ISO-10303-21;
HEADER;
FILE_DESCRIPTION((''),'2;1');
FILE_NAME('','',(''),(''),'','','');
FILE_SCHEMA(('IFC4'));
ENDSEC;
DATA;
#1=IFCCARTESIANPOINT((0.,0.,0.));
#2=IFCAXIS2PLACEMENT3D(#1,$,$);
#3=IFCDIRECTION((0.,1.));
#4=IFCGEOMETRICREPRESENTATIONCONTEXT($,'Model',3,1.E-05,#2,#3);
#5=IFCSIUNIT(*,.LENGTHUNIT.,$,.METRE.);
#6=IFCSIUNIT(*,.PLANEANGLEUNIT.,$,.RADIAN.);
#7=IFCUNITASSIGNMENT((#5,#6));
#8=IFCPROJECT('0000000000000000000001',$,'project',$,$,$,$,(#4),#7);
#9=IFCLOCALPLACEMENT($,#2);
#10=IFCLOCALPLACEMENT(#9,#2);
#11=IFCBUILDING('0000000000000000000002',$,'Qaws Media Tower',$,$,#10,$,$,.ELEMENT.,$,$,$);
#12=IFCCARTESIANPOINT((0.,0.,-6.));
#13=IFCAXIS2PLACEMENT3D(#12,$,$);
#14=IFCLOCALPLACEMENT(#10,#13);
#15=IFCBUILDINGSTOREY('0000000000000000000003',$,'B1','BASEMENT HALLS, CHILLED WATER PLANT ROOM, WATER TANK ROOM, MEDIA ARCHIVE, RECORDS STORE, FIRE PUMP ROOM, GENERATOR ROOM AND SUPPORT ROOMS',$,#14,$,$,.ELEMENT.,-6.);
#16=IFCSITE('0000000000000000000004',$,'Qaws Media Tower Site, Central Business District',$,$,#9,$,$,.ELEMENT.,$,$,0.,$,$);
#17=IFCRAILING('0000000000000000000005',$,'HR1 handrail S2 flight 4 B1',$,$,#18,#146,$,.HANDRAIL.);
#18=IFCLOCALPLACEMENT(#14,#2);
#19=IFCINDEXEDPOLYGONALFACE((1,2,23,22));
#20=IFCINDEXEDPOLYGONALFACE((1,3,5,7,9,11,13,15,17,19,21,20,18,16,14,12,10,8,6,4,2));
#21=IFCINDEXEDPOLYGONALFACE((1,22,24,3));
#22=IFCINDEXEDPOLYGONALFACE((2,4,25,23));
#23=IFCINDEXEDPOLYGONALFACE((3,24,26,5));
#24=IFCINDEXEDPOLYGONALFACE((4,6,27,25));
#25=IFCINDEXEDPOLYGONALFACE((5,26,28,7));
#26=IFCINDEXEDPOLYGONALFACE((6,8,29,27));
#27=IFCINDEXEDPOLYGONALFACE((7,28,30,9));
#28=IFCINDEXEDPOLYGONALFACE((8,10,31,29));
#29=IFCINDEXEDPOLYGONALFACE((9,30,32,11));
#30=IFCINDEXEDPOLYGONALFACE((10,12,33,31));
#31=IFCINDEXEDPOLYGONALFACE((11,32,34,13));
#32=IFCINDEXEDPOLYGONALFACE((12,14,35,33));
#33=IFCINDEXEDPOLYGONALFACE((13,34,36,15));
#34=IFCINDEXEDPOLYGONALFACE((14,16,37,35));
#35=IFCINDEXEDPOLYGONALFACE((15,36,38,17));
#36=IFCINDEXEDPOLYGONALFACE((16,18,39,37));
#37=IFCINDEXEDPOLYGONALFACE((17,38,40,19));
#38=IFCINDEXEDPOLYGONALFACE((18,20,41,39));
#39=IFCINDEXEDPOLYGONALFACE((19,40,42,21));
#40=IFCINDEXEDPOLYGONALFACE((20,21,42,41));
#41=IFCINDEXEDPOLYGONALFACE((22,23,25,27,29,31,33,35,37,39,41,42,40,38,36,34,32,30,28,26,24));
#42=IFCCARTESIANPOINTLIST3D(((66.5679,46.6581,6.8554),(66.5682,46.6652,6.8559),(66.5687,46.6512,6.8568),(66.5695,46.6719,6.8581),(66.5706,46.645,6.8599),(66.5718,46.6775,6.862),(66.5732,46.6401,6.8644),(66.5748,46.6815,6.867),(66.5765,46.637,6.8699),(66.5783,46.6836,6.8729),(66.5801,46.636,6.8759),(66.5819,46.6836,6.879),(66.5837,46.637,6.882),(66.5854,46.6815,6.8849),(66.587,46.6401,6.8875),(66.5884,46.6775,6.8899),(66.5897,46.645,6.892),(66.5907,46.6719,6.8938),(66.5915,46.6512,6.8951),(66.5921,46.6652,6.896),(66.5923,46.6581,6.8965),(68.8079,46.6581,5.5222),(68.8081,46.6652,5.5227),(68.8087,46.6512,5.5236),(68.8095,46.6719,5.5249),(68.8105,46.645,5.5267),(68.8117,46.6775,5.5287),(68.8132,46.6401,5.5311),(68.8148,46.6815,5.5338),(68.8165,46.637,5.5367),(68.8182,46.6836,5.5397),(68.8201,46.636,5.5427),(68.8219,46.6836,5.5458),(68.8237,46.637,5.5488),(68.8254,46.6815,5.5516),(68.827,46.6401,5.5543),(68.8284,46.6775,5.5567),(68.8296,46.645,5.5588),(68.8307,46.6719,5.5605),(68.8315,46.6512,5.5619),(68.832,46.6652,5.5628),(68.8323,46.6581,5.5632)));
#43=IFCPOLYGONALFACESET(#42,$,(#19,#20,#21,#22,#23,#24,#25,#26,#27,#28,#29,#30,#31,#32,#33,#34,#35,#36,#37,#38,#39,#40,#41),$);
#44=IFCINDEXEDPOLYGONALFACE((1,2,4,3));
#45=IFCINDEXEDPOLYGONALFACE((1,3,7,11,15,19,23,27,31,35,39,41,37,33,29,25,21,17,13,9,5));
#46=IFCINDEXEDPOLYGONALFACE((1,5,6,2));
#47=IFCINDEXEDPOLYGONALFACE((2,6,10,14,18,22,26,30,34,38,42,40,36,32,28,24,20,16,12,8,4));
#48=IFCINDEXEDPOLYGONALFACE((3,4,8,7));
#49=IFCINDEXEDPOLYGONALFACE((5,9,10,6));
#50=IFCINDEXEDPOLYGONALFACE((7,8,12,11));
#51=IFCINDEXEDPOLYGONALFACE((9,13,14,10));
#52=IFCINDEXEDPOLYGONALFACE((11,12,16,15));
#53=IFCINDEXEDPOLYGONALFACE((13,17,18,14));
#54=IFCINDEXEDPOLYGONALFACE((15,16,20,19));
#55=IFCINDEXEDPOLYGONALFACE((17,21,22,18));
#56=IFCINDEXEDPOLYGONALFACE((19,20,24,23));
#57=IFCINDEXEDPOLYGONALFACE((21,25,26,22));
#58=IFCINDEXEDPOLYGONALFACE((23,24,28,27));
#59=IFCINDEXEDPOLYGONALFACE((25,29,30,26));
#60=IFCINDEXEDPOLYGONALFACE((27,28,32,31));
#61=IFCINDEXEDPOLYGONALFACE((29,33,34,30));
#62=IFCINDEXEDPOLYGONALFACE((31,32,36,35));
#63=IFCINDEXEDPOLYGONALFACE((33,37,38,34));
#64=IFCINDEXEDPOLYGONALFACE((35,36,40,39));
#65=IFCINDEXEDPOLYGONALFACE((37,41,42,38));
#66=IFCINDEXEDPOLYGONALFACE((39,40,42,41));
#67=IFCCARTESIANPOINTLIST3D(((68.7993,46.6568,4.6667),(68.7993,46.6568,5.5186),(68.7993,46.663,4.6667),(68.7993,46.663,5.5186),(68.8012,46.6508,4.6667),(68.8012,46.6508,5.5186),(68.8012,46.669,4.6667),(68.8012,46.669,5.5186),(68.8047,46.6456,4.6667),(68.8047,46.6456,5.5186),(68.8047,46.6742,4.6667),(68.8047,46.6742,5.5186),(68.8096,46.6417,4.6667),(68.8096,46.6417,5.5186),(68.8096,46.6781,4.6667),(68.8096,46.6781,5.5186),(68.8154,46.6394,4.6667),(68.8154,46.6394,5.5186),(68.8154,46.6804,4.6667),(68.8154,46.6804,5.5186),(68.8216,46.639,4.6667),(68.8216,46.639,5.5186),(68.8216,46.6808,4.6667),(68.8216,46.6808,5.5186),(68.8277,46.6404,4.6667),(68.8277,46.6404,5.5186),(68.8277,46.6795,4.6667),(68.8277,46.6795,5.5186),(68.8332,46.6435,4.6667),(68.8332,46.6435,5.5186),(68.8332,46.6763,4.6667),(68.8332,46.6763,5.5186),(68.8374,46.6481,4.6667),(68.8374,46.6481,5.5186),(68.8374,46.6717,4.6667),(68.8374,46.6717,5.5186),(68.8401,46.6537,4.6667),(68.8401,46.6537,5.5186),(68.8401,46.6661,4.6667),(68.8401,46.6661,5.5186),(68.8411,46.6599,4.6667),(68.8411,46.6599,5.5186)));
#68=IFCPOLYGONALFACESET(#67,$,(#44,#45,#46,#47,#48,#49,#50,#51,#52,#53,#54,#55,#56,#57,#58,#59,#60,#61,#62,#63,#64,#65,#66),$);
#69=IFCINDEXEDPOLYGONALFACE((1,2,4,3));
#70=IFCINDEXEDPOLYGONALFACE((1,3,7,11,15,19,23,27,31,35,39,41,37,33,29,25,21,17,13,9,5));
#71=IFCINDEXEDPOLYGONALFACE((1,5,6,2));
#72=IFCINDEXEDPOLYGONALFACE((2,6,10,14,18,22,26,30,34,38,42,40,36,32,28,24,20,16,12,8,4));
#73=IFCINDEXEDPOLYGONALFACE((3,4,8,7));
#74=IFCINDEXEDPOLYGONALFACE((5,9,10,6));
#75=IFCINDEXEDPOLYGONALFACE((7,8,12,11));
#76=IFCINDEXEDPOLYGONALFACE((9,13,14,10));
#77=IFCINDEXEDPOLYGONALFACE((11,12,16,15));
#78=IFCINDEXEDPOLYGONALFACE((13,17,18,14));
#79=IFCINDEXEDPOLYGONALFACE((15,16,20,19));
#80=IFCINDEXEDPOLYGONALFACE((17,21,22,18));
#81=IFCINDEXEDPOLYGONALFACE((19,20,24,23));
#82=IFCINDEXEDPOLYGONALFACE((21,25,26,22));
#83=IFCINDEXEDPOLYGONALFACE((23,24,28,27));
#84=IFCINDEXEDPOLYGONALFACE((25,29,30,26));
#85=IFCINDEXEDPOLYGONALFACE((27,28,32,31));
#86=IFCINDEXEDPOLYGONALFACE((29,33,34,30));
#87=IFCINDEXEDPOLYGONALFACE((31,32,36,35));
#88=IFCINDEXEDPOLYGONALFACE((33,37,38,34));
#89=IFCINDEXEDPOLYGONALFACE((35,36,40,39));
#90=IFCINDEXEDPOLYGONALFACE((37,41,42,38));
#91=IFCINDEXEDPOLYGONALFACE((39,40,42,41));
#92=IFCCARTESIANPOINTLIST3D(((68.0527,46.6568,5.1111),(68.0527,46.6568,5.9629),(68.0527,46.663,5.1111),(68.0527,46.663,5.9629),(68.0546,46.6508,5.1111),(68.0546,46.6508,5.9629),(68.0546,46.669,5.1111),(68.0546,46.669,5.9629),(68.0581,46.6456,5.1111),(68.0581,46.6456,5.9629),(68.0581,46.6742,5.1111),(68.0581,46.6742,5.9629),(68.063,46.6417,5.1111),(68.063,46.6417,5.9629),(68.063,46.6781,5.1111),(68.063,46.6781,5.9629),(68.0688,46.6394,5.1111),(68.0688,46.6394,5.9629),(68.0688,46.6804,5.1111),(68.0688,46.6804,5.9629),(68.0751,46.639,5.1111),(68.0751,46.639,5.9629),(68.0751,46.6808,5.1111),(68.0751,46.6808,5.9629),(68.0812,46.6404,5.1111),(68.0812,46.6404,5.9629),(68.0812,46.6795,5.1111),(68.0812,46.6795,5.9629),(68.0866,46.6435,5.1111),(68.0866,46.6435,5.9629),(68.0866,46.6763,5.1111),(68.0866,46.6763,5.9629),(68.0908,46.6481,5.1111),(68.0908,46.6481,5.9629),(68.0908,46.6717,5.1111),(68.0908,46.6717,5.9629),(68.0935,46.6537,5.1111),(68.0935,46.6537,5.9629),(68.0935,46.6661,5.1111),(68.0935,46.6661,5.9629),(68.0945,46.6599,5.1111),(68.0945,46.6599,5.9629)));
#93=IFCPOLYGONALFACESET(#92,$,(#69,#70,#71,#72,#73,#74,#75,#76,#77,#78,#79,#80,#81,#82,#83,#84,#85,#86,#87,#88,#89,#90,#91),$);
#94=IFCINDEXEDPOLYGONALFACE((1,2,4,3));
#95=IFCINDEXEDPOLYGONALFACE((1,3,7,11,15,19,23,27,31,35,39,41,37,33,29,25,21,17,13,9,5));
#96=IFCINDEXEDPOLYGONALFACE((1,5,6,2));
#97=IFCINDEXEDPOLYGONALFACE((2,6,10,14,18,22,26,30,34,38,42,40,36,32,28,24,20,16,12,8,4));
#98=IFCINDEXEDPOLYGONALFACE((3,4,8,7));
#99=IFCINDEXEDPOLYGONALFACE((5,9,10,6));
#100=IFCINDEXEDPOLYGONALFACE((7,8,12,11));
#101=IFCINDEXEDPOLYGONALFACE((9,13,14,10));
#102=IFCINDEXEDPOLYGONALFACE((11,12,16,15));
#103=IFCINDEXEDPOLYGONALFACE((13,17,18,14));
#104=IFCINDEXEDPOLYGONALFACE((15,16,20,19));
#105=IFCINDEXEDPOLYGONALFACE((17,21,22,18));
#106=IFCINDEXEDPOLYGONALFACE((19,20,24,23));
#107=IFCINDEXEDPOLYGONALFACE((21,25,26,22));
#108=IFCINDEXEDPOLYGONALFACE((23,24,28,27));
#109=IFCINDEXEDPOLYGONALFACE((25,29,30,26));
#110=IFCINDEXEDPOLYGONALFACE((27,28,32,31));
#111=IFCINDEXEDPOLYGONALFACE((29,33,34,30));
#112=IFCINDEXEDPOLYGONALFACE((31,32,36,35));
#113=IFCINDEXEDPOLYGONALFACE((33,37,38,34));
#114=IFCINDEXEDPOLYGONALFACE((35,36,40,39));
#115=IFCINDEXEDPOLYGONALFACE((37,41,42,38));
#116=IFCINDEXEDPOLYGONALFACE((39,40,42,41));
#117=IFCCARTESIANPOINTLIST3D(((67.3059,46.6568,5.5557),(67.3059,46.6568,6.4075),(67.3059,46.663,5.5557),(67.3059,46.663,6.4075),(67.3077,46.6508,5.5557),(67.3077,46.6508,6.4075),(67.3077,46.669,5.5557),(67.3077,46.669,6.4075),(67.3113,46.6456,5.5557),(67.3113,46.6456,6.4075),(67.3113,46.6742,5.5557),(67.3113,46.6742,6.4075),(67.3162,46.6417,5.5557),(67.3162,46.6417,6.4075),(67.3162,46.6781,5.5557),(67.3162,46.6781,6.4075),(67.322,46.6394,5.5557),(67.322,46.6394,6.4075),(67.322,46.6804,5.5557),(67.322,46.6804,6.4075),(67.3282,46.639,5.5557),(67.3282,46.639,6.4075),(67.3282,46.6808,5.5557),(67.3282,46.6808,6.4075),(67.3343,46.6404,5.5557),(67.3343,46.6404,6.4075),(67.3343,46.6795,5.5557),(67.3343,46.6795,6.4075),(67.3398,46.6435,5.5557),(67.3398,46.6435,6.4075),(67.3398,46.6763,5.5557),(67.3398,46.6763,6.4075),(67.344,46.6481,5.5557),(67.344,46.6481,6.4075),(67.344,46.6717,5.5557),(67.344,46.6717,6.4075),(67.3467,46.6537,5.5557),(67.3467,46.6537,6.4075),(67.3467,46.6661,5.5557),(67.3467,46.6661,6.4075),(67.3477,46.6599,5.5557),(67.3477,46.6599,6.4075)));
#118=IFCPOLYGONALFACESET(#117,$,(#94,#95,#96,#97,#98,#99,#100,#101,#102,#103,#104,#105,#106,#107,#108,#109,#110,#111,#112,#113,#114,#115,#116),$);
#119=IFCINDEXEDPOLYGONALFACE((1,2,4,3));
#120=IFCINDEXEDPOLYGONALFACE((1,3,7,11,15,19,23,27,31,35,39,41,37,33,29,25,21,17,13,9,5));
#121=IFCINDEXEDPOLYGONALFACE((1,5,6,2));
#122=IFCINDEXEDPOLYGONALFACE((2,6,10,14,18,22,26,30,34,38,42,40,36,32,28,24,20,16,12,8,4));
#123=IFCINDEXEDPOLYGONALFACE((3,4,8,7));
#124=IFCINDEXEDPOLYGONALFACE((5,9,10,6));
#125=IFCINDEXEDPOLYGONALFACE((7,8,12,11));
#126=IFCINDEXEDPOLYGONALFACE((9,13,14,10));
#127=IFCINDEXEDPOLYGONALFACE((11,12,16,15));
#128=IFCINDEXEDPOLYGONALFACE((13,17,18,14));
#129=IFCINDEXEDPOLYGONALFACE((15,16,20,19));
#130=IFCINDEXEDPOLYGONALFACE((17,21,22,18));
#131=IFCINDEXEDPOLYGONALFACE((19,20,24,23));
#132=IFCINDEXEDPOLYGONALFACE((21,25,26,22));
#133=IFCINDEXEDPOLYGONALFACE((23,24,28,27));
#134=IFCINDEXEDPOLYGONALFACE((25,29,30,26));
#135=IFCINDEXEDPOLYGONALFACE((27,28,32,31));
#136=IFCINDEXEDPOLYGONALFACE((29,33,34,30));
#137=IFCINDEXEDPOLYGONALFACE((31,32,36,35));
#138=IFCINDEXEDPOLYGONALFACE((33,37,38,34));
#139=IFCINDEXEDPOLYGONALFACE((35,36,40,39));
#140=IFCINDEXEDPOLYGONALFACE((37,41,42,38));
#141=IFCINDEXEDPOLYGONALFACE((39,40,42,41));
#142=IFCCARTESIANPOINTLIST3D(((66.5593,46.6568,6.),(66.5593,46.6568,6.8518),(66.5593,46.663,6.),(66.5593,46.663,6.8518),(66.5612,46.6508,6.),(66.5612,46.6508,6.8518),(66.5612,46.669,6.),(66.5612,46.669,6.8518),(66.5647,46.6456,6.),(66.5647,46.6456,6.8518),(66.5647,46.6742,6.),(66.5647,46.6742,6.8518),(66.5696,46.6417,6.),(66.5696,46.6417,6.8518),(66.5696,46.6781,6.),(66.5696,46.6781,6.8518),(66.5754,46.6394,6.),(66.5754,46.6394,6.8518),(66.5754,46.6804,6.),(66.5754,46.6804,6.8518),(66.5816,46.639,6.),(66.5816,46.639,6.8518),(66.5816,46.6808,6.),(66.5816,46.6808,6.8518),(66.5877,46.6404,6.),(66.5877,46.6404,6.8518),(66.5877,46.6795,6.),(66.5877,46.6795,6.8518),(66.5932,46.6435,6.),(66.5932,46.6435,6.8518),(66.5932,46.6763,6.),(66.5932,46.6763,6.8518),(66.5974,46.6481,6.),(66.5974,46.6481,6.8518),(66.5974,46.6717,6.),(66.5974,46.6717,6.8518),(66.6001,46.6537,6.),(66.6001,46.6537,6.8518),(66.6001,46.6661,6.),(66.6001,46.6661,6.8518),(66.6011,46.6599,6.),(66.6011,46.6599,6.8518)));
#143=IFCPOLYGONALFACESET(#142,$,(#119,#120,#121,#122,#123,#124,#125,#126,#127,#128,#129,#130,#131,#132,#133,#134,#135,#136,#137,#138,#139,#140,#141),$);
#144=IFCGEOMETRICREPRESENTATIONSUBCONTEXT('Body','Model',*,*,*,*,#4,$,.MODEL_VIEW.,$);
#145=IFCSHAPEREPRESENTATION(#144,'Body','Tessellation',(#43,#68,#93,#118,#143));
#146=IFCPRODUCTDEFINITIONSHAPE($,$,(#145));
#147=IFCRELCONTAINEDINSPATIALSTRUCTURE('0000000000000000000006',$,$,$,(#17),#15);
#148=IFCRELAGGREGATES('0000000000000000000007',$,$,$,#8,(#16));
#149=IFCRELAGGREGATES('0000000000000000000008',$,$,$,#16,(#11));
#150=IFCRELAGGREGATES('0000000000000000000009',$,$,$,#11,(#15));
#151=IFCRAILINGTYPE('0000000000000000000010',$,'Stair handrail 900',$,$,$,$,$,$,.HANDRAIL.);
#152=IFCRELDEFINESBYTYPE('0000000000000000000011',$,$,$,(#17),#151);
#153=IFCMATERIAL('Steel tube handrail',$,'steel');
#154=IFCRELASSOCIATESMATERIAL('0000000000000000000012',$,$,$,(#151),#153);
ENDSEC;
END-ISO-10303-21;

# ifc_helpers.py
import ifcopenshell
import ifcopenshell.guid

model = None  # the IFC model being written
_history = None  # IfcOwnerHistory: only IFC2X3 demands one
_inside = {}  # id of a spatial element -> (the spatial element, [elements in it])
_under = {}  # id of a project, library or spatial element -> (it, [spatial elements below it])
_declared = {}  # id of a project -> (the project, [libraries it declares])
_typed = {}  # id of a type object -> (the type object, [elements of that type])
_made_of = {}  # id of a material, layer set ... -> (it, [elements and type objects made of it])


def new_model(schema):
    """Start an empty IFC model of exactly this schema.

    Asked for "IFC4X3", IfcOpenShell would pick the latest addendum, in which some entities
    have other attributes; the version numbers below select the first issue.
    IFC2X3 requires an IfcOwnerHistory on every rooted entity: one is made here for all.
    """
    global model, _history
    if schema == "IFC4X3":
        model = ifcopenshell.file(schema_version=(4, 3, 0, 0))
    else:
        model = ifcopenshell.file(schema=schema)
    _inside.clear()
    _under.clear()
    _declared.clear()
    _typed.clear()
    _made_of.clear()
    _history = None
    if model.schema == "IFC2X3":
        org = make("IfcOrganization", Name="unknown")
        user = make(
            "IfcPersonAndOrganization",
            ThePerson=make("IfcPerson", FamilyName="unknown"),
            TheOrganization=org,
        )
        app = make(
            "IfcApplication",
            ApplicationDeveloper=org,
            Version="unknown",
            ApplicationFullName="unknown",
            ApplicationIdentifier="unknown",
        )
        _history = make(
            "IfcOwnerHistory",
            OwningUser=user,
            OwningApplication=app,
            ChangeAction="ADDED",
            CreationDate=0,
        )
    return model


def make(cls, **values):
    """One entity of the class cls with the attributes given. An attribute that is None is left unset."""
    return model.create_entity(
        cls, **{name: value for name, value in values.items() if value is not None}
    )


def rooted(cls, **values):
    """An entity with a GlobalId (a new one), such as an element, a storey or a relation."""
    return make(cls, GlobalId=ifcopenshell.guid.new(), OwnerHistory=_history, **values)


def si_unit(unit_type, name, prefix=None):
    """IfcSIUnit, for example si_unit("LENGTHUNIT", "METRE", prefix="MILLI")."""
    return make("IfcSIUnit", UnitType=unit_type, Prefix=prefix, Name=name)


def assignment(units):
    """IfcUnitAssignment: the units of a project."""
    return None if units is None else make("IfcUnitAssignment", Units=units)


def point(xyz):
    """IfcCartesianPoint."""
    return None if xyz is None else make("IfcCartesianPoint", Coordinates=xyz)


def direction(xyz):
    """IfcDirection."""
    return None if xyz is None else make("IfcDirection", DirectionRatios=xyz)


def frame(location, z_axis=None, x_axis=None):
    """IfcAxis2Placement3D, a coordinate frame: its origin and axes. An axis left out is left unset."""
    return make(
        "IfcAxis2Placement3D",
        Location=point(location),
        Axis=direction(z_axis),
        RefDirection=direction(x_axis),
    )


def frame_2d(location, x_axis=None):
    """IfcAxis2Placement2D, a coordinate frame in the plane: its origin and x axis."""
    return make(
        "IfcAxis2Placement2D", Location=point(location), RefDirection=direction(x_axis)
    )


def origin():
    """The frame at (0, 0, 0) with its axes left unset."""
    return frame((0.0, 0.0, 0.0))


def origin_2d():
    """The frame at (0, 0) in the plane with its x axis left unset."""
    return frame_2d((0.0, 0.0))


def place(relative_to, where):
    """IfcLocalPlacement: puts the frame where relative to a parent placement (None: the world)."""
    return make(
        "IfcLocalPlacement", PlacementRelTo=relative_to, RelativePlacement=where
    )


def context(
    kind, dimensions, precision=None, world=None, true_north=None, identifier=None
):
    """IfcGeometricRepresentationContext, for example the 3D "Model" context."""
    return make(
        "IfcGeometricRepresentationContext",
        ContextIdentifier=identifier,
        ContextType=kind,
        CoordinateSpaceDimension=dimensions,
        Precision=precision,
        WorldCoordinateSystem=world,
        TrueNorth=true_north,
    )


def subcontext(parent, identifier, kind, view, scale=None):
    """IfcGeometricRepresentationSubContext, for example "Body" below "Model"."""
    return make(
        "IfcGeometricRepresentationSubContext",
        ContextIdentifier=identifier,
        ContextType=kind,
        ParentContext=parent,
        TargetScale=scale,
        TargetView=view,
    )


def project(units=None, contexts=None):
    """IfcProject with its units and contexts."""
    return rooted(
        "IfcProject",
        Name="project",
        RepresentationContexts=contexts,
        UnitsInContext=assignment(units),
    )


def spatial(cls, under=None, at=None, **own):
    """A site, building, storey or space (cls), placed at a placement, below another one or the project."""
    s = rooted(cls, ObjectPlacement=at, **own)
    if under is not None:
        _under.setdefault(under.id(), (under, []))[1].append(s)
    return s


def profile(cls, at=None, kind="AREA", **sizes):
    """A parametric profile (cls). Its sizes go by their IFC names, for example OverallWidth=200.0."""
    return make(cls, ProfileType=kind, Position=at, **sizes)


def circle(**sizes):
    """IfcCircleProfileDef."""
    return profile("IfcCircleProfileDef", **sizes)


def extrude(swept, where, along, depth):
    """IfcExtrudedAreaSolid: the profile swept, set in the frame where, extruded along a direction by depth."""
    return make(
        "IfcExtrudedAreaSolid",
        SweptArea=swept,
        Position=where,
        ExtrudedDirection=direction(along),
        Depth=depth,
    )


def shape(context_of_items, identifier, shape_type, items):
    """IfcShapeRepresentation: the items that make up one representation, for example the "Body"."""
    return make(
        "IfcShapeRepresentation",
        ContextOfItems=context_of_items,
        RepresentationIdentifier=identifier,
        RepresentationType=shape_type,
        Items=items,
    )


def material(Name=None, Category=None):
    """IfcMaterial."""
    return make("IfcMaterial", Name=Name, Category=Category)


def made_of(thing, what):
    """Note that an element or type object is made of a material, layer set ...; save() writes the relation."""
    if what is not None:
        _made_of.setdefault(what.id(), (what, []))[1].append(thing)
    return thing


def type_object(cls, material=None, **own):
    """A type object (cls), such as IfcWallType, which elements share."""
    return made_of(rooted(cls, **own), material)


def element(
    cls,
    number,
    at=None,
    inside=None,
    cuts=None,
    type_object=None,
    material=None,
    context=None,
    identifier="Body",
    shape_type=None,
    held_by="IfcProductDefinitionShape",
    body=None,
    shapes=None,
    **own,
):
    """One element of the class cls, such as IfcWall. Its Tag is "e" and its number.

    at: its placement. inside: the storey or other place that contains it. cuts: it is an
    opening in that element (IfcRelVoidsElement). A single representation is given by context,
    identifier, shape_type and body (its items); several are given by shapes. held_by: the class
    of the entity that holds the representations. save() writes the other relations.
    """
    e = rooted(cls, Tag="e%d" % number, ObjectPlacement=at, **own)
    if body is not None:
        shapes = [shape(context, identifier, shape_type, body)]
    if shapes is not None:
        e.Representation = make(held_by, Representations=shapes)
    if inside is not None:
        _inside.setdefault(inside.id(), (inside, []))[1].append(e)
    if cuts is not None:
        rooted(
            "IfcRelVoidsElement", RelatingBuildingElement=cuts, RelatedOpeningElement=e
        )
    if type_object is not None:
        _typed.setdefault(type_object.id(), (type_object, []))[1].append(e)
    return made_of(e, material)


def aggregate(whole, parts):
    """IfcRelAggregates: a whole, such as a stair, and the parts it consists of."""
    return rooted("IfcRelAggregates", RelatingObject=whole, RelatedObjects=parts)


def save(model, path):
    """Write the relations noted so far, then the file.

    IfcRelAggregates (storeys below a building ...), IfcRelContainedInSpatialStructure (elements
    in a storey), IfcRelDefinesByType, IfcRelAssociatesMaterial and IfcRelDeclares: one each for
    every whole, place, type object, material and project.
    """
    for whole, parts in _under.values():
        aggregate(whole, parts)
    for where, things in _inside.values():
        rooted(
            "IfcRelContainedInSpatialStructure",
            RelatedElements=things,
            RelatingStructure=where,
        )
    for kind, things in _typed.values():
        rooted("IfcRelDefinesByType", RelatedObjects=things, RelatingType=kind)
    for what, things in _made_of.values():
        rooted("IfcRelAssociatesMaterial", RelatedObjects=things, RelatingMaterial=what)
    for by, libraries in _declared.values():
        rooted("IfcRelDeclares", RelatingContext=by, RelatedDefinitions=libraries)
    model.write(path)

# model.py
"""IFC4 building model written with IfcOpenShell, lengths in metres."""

from ifc_helpers import new_model, si_unit, direction, frame, origin, origin_2d, place, context, subcontext, project, spatial, circle, extrude, material, type_object, element, save


model = new_model("IFC4")

# Units and contexts
model_context = context("Model", 3, precision=1e-05, world=origin(), true_north=direction((0.0, 1.0)))
body_context = subcontext(model_context, "Body", "Model", "MODEL_VIEW")
ifc_project = project(units=[si_unit("LENGTHUNIT", "METRE"), si_unit("PLANEANGLEUNIT", "RADIAN")], contexts=[model_context])

# Site, building, storey
site_placement = place(None, origin())
site = spatial("IfcSite", under=ifc_project, at=site_placement, Name="Qaws Media Tower Site, Central Business District", CompositionType="ELEMENT", RefElevation=0.0)
building_placement = place(site_placement, origin())
building = spatial("IfcBuilding", under=site, at=building_placement, Name="Qaws Media Tower", CompositionType="ELEMENT")
storey_placement = place(building_placement, frame((0.0, 0.0, -6.0)))
storey = spatial("IfcBuildingStorey", under=building, at=storey_placement, Name="B1", Description="BASEMENT HALLS, CHILLED WATER PLANT ROOM, WATER TANK ROOM, MEDIA ARCHIVE, RECORDS STORE, FIRE PUMP ROOM, GENERATOR ROOM AND SUPPORT ROOMS", CompositionType="ELEMENT", Elevation=-6.0)

# Railing
ifc_material_1 = material(Name="Steel tube handrail", Category="steel")
railing_type = type_object("IfcRailingType", Name="Stair handrail 900", PredefinedType="HANDRAIL", material=ifc_material_1)
for number, where, name in (
    (1, (68.8201, 46.6599, 4.6667), "HR1 handrail S2 flight 4 B1"),
):
    element("IfcRailing", number, at=place(storey_placement, frame(where)), inside=storey, type_object=railing_type, Name=name, PredefinedType="HANDRAIL", context=body_context, shape_type="SweptSolid", body=[
        extrude(circle(Radius=0.0239, at=origin_2d()), frame((0.0, 0.0, 0.876), z_axis=(-0.859306, 0.0, 0.511462), x_axis=(0.0, -1.0, 0.0)), (0.0, 0.0, 1.0), 2.6067),
        extrude(circle(Radius=0.021, at=origin_2d()), origin(), (0.0, 0.0, 1.0), 0.8518),
        extrude(circle(Radius=0.021, at=origin_2d()), frame((-0.7466, 0.0, 0.4443)), (0.0, 0.0, 1.0), 0.8518),
        extrude(circle(Radius=0.021, at=origin_2d()), frame((-1.4934, 0.0, 0.8889)), (0.0, 0.0, 1.0), 0.8518),
        extrude(circle(Radius=0.021, at=origin_2d()), frame((-2.24, 0.0, 1.3333)), (0.0, 0.0, 1.0), 0.8518),
    ])

save(model, "model.ifc")
